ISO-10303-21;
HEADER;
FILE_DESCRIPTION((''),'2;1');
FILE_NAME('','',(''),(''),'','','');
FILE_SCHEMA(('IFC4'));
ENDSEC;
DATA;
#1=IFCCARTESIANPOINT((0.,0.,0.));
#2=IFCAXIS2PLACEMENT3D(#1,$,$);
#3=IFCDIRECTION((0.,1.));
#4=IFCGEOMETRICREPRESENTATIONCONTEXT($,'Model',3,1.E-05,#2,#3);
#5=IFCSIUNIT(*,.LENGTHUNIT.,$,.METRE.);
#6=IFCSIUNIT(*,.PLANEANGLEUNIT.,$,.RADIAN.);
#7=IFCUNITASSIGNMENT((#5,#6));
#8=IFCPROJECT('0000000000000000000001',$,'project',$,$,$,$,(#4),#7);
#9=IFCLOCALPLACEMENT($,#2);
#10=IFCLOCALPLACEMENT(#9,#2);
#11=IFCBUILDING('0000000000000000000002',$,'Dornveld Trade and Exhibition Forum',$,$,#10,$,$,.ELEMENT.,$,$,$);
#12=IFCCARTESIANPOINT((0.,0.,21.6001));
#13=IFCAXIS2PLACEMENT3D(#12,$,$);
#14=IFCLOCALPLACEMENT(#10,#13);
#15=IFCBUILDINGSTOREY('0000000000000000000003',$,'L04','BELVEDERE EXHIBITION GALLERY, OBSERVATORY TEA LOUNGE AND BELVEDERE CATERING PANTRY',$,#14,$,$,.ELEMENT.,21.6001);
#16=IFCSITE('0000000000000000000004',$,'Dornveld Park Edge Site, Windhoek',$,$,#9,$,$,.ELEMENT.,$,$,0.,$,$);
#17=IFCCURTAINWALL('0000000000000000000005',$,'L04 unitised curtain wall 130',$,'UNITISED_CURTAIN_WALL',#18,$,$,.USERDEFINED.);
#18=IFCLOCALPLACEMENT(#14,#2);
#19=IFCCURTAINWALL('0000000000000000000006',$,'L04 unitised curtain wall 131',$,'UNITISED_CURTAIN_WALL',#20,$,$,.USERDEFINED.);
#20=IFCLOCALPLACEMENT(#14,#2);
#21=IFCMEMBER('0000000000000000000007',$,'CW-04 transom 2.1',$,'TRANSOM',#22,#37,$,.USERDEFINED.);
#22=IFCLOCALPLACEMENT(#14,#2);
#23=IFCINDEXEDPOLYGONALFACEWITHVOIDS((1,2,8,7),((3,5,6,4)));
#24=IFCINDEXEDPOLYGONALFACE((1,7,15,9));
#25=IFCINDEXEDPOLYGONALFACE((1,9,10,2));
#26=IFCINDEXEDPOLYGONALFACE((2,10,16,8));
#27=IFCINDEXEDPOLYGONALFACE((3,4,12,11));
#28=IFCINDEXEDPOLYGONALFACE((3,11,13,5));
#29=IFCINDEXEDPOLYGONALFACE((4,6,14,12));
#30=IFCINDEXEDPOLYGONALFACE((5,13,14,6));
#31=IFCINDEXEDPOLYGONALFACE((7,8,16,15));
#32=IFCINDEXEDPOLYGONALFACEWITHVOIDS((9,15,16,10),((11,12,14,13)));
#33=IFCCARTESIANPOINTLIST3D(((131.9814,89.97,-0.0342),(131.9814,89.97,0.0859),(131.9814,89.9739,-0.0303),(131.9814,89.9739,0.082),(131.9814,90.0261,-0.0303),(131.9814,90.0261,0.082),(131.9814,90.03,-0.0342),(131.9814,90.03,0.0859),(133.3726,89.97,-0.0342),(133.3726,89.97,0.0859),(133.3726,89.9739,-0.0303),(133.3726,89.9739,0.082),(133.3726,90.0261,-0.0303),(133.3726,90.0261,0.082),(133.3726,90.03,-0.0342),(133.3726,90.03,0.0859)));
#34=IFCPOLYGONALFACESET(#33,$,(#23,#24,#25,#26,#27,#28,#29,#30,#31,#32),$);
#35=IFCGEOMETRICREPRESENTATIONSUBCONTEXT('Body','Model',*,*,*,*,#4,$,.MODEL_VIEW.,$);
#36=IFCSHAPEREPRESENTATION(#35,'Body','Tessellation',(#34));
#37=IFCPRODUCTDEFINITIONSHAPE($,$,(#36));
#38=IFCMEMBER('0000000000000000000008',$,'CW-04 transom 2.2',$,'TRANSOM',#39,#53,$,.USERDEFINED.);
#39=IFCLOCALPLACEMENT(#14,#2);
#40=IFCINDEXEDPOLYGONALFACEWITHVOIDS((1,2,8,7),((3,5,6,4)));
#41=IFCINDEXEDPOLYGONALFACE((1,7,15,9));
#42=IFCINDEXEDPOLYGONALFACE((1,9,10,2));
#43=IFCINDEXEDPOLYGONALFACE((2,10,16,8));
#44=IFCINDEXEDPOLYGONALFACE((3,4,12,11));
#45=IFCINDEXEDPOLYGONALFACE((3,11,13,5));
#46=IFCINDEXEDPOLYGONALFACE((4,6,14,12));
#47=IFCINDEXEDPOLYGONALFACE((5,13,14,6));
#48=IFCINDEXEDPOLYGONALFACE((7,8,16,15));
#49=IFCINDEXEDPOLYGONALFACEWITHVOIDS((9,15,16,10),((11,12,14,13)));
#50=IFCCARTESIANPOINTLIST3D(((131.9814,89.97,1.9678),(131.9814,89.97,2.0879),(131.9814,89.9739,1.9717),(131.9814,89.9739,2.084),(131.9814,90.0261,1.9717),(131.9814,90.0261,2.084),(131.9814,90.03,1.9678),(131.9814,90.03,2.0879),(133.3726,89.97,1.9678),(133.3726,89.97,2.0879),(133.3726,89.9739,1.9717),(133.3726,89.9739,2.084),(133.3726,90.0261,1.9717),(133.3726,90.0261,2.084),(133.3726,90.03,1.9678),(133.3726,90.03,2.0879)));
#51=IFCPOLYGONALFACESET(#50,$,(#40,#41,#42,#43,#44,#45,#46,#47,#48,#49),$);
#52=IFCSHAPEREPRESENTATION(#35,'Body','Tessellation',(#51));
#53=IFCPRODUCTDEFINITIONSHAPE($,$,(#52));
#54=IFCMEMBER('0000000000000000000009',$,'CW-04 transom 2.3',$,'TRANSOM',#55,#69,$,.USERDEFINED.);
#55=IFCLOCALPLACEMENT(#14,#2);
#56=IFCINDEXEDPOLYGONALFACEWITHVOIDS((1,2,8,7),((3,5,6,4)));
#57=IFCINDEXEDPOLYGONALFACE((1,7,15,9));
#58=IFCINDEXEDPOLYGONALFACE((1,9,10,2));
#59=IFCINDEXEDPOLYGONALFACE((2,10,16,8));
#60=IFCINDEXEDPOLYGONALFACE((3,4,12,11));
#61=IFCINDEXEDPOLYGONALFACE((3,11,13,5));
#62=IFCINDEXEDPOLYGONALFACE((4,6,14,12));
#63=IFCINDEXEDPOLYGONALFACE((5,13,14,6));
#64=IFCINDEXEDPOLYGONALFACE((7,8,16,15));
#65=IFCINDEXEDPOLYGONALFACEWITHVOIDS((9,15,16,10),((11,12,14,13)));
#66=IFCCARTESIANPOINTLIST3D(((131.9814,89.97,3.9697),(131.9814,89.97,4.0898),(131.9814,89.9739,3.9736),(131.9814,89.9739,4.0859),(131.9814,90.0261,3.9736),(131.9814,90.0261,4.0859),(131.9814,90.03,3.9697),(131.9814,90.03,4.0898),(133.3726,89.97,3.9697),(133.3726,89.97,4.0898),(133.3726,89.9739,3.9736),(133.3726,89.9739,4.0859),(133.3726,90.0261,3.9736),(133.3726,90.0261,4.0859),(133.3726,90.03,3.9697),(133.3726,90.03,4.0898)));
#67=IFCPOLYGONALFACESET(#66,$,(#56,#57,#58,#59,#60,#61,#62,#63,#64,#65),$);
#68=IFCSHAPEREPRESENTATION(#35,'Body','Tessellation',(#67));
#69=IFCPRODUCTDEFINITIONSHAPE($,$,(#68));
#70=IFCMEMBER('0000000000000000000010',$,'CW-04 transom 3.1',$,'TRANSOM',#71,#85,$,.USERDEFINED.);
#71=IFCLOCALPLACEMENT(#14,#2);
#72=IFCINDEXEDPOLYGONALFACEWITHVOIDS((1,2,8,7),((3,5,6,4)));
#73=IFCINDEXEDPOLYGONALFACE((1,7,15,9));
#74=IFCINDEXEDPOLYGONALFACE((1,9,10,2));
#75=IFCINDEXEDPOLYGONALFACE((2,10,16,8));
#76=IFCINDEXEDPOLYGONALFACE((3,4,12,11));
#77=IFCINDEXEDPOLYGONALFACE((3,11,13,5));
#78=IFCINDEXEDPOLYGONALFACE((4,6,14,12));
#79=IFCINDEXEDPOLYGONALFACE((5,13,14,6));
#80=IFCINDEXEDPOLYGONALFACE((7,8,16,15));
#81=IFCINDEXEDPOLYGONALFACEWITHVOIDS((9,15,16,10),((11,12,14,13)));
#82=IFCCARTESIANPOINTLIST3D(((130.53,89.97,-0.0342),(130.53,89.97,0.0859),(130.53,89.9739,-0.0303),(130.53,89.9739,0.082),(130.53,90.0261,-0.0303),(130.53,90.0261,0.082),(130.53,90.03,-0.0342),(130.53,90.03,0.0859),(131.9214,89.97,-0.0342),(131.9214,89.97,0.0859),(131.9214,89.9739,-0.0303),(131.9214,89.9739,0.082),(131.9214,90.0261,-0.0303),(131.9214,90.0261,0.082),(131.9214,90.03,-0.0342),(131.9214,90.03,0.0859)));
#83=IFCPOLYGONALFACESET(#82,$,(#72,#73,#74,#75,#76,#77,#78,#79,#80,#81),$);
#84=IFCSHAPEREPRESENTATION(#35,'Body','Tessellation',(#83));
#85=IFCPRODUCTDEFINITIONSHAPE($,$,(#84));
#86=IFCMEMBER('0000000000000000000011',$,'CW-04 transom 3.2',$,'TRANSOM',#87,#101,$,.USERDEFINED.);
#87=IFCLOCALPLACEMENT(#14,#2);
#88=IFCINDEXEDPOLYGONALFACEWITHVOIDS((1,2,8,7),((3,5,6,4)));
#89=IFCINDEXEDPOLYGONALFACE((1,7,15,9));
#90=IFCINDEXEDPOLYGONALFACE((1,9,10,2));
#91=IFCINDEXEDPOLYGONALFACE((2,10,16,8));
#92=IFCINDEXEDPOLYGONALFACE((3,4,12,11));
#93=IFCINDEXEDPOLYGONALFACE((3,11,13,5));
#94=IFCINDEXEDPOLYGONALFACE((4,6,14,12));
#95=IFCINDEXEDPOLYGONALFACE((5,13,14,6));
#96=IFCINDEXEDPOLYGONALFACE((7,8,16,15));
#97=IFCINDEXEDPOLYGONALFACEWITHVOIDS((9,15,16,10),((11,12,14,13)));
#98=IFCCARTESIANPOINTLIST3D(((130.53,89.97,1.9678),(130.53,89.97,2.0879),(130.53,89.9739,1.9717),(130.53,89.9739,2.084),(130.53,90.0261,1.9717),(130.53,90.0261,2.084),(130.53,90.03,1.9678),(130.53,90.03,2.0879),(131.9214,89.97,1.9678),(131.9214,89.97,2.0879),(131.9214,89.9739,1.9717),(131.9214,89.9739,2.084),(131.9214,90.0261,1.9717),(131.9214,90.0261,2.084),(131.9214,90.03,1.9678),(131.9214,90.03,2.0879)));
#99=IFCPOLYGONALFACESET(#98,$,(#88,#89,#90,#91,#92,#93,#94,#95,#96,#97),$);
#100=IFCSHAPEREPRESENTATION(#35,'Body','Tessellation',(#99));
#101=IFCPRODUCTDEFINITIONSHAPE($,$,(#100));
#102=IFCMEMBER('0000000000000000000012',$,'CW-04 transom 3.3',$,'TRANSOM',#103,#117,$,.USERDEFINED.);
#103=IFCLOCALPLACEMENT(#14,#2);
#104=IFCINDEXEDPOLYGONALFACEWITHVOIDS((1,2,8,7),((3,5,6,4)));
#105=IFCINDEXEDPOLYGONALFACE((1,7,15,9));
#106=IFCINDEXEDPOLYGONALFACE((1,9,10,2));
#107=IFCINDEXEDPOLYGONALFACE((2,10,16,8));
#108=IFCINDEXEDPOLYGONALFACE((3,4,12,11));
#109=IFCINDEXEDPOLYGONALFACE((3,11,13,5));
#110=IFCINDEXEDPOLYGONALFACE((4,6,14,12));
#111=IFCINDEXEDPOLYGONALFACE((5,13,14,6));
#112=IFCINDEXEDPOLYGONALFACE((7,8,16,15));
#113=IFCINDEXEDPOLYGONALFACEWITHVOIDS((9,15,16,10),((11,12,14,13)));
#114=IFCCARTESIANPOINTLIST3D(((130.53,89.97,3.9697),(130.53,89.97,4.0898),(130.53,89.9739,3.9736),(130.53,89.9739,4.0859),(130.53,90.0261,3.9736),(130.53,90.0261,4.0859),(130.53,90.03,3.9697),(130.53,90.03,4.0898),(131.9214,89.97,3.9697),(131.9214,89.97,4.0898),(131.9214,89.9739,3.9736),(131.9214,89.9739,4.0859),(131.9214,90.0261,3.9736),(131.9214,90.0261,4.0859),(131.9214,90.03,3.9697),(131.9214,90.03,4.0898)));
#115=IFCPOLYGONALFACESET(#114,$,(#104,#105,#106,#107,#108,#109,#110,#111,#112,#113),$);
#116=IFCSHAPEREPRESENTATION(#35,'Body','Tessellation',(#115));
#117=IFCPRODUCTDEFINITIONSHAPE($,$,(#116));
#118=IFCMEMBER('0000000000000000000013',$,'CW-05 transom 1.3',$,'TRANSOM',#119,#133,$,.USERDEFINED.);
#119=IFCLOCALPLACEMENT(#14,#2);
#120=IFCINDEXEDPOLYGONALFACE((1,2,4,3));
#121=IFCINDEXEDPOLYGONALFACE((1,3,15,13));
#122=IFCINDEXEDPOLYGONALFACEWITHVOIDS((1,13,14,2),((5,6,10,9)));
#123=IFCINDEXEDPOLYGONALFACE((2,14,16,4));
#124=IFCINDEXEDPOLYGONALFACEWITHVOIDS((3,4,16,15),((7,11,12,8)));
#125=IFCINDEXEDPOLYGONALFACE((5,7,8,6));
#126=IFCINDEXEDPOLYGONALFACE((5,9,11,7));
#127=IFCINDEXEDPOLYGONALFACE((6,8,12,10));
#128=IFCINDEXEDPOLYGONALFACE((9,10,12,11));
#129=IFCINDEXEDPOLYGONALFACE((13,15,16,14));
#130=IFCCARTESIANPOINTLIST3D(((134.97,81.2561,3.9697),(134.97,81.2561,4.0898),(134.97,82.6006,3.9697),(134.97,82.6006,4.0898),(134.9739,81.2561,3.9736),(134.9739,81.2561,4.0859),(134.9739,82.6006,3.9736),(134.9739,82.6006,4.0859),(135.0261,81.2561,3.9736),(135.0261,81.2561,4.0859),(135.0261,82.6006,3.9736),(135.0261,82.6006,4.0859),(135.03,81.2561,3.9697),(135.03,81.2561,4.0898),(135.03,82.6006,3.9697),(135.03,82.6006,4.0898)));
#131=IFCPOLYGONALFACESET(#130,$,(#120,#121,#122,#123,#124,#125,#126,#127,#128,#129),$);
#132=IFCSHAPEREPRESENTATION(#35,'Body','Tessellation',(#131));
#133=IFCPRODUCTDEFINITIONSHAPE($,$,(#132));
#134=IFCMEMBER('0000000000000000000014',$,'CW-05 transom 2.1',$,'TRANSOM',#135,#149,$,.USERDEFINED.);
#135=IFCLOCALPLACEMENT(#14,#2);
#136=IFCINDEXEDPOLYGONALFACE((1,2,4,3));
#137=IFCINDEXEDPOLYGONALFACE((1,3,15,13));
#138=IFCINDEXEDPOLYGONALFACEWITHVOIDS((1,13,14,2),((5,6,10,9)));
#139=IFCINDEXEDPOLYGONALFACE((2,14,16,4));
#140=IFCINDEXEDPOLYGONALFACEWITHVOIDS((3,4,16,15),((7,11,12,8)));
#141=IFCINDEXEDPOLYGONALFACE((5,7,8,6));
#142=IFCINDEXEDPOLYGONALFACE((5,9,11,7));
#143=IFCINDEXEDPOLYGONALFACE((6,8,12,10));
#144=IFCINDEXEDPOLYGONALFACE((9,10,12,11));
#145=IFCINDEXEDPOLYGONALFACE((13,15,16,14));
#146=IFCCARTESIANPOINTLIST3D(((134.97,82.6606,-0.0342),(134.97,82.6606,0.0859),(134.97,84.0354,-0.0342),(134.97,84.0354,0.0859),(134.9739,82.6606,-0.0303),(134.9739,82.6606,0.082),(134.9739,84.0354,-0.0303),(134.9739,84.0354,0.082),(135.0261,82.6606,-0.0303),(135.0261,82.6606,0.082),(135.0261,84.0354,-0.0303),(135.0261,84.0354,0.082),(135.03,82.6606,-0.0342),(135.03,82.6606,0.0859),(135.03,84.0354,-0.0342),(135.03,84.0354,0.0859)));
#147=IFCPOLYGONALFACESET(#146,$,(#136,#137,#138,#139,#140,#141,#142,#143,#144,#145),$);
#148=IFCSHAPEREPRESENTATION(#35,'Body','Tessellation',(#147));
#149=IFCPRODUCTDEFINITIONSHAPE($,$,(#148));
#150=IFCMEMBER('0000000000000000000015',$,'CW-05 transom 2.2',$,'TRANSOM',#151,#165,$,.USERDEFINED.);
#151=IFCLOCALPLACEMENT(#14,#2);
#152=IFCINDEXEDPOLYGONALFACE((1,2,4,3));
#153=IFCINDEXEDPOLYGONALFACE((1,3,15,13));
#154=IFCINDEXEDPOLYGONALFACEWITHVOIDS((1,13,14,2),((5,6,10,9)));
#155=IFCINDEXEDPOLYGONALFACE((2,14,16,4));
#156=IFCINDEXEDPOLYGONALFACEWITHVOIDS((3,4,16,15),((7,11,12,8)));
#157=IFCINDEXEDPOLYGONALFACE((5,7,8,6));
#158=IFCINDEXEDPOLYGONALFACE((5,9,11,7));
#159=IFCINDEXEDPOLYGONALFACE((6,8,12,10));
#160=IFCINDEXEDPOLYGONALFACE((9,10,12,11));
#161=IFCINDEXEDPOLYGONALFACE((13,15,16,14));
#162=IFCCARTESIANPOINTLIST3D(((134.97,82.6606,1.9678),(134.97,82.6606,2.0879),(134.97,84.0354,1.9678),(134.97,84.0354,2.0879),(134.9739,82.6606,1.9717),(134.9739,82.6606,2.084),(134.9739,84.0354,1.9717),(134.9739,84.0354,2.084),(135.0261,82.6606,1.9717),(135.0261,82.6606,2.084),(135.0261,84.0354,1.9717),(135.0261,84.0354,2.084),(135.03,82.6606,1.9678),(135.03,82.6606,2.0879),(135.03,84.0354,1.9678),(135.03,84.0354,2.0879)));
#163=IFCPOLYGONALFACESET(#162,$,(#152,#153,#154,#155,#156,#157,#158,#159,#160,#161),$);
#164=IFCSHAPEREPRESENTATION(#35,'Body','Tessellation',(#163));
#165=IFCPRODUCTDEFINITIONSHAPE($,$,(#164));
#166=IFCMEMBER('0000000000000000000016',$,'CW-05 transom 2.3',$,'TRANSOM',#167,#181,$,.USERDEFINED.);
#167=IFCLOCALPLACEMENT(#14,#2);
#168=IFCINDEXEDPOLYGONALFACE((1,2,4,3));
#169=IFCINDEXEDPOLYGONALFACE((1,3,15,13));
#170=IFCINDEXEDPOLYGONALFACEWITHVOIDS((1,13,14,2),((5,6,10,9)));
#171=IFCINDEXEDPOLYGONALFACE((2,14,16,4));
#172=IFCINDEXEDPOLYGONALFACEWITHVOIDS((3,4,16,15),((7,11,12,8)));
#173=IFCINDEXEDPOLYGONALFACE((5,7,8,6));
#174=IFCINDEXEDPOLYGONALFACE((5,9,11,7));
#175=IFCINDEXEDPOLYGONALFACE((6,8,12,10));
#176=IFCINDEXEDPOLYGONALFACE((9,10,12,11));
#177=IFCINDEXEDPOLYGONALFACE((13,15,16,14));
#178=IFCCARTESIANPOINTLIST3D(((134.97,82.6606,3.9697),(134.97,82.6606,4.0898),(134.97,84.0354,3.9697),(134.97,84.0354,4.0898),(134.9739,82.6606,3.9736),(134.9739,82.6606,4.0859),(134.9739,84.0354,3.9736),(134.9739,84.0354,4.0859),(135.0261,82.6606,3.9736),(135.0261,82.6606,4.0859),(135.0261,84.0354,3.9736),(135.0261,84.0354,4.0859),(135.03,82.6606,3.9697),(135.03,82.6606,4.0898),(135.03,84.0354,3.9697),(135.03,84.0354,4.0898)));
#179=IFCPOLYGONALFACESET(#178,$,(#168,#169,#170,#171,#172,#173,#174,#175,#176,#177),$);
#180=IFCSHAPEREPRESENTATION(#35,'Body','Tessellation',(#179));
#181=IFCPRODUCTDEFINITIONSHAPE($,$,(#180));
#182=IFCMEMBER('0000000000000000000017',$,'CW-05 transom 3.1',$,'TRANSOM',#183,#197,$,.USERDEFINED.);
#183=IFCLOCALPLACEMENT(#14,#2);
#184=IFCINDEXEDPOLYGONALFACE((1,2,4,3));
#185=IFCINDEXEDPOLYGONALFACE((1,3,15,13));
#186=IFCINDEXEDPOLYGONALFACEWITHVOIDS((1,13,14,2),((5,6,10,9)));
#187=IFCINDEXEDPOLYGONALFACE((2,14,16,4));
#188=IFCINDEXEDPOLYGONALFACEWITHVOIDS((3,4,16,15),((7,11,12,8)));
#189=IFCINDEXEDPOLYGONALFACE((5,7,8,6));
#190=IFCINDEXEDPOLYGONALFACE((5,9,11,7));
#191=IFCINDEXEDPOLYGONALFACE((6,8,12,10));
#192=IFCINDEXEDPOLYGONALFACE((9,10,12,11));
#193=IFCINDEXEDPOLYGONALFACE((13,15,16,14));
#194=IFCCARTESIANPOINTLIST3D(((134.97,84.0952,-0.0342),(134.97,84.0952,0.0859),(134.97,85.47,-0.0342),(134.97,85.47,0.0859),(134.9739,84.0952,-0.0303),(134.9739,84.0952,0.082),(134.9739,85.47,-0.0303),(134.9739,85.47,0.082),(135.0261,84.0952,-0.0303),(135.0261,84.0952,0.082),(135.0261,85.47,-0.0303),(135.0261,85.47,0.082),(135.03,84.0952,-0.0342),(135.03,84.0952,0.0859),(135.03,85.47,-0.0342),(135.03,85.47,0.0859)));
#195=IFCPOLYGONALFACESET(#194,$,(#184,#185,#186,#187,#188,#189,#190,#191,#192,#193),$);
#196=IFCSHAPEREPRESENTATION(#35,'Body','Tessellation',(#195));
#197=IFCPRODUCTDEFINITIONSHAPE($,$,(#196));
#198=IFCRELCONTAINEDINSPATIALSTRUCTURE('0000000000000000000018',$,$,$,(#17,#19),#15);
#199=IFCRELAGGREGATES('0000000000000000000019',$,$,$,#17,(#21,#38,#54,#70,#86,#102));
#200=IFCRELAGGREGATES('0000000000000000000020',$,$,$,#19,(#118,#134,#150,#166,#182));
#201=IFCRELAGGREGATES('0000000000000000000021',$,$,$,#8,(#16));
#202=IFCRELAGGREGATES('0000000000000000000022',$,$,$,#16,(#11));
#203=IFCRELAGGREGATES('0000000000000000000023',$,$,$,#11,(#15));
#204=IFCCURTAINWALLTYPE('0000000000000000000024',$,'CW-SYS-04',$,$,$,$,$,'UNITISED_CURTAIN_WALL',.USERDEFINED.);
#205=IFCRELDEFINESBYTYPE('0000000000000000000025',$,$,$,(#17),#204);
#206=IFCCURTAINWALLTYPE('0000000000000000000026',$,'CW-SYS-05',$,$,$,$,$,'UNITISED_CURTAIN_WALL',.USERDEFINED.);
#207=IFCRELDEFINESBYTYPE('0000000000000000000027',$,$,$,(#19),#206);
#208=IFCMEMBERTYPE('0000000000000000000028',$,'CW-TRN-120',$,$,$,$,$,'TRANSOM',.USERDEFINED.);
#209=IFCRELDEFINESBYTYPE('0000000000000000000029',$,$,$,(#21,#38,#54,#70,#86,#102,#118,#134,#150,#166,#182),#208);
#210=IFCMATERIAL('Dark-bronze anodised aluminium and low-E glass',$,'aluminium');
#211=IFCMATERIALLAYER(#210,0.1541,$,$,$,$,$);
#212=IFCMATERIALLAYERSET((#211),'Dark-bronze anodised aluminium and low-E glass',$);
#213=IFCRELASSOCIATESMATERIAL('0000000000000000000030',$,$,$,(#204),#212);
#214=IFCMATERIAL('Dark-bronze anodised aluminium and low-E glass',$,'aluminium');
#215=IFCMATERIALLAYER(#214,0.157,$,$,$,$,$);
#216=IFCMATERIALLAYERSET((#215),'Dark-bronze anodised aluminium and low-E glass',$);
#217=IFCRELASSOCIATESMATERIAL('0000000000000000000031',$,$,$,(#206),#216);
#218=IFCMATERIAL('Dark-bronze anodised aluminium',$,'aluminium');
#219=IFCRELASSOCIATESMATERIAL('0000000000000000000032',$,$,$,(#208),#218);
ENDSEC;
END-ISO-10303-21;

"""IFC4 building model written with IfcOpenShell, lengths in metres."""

from ifc_helpers import new_model, si_unit, direction, frame, origin, origin_2d, place, context, subcontext, project, spatial, hollow_rectangle, extrude, material, layer, layer_set, material_profile, profile_set, type_object, element, aggregate, save


model = new_model("IFC4")

# Units and contexts
model_context = context("Model", 3, precision=1e-05, world=origin(), true_north=direction((0.0, 1.0)))
body_context = subcontext(model_context, "Body", "Model", "MODEL_VIEW")
ifc_project = project(units=[si_unit("LENGTHUNIT", "METRE"), si_unit("PLANEANGLEUNIT", "RADIAN")], contexts=[model_context])

# Site, building, storey
site_placement = place(None, origin())
site = spatial("IfcSite", under=ifc_project, at=site_placement, Name="Dornveld Park Edge Site, Windhoek", CompositionType="ELEMENT", RefElevation=0.0)
building_placement = place(site_placement, origin())
building = spatial("IfcBuilding", under=site, at=building_placement, Name="Dornveld Trade and Exhibition Forum", CompositionType="ELEMENT")
storey_placement = place(building_placement, frame((0.0, 0.0, 21.6001)))
storey = spatial("IfcBuildingStorey", under=building, at=storey_placement, Name="L04", Description="BELVEDERE EXHIBITION GALLERY, OBSERVATORY TEA LOUNGE AND BELVEDERE CATERING PANTRY", CompositionType="ELEMENT", Elevation=21.6001)

# Curtain walls
ifc_material_1 = material(Name="Dark-bronze anodised aluminium and low-E glass", Category="aluminium")
ifc_layer_1 = layer(ifc_material_1, 0.1541)
ifc_layer_set_1 = layer_set([ifc_layer_1], Name="Dark-bronze anodised aluminium and low-E glass")
curtain_wall_type_1 = type_object("IfcCurtainWallType", Name="CW-SYS-04", ElementType="UNITISED_CURTAIN_WALL", PredefinedType="USERDEFINED", material=ifc_layer_set_1)
curtain_wall_1_placement = place(storey_placement, origin())
curtain_wall_1 = element("IfcCurtainWall", 1, at=curtain_wall_1_placement, inside=storey, type_object=curtain_wall_type_1, Name="L04 unitised curtain wall 130", ObjectType="UNITISED_CURTAIN_WALL", PredefinedType="USERDEFINED")
ifc_material_2 = material(Name="Dark-bronze anodised aluminium and low-E glass", Category="aluminium")
ifc_layer_2 = layer(ifc_material_2, 0.157)
ifc_layer_set_2 = layer_set([ifc_layer_2], Name="Dark-bronze anodised aluminium and low-E glass")
curtain_wall_type_2 = type_object("IfcCurtainWallType", Name="CW-SYS-05", ElementType="UNITISED_CURTAIN_WALL", PredefinedType="USERDEFINED", material=ifc_layer_set_2)
curtain_wall_2_placement = place(storey_placement, origin())
curtain_wall_2 = element("IfcCurtainWall", 2, at=curtain_wall_2_placement, inside=storey, type_object=curtain_wall_type_2, Name="L04 unitised curtain wall 131", ObjectType="UNITISED_CURTAIN_WALL", PredefinedType="USERDEFINED")

# Members
ifc_material_3 = material(Name="Dark-bronze anodised aluminium", Category="aluminium")
ifc_material_profile_1 = material_profile(ifc_material_3, hollow_rectangle(XDim=0.0601, YDim=0.1201, WallThickness=0.0039, at=origin_2d()), Name="RHS 120x60x4")
ifc_profile_set_1 = profile_set([ifc_material_profile_1], Name="Dark-bronze anodised aluminium")
member_type_1 = type_object("IfcMemberType", Name="CW-TRN-120", ElementType="TRANSOM", PredefinedType="USERDEFINED", material=ifc_profile_set_1)
member_1_placement = place(storey_placement, frame((133.3726, 90.0, 0.0259), z_axis=(-1.0, 0.0, 0.0), x_axis=(0.0, -1.0, 0.0)))
member_1 = element("IfcMember", 3, at=member_1_placement, type_object=member_type_1, Name="CW-04 transom 2.1", ObjectType="TRANSOM", PredefinedType="USERDEFINED", context=body_context, shape_type="SweptSolid", body=[
    extrude(hollow_rectangle(XDim=0.0601, YDim=0.1201, WallThickness=0.0039, at=origin_2d()), origin(), (0.0, 0.0, 1.0), 1.3911),
])
member_2_placement = place(storey_placement, frame((133.3726, 90.0, 2.0278), z_axis=(-1.0, 0.0, 0.0), x_axis=(0.0, -1.0, 0.0)))
member_2 = element("IfcMember", 4, at=member_2_placement, type_object=member_type_1, Name="CW-04 transom 2.2", ObjectType="TRANSOM", PredefinedType="USERDEFINED", context=body_context, shape_type="SweptSolid", body=[
    extrude(hollow_rectangle(XDim=0.0601, YDim=0.1201, WallThickness=0.0039, at=origin_2d()), origin(), (0.0, 0.0, 1.0), 1.3911),
])
member_3_placement = place(storey_placement, frame((133.3726, 90.0, 4.0298), z_axis=(-1.0, 0.0, 0.0), x_axis=(0.0, -1.0, 0.0)))
member_3 = element("IfcMember", 5, at=member_3_placement, type_object=member_type_1, Name="CW-04 transom 2.3", ObjectType="TRANSOM", PredefinedType="USERDEFINED", context=body_context, shape_type="SweptSolid", body=[
    extrude(hollow_rectangle(XDim=0.0601, YDim=0.1201, WallThickness=0.0039, at=origin_2d()), origin(), (0.0, 0.0, 1.0), 1.3911),
])
member_4_placement = place(storey_placement, frame((131.9214, 90.0, 0.0259), z_axis=(-1.0, 0.0, 0.0), x_axis=(0.0, -1.0, 0.0)))
member_4 = element("IfcMember", 6, at=member_4_placement, type_object=member_type_1, Name="CW-04 transom 3.1", ObjectType="TRANSOM", PredefinedType="USERDEFINED", context=body_context, shape_type="SweptSolid", body=[
    extrude(hollow_rectangle(XDim=0.0601, YDim=0.1201, WallThickness=0.0039, at=origin_2d()), origin(), (0.0, 0.0, 1.0), 1.3914),
])
member_5_placement = place(storey_placement, frame((131.9214, 90.0, 2.0278), z_axis=(-1.0, 0.0, 0.0), x_axis=(0.0, -1.0, 0.0)))
member_5 = element("IfcMember", 7, at=member_5_placement, type_object=member_type_1, Name="CW-04 transom 3.2", ObjectType="TRANSOM", PredefinedType="USERDEFINED", context=body_context, shape_type="SweptSolid", body=[
    extrude(hollow_rectangle(XDim=0.0601, YDim=0.1201, WallThickness=0.0039, at=origin_2d()), origin(), (0.0, 0.0, 1.0), 1.3914),
])
member_6_placement = place(storey_placement, frame((131.9214, 90.0, 4.0298), z_axis=(-1.0, 0.0, 0.0), x_axis=(0.0, -1.0, 0.0)))
member_6 = element("IfcMember", 8, at=member_6_placement, type_object=member_type_1, Name="CW-04 transom 3.3", ObjectType="TRANSOM", PredefinedType="USERDEFINED", context=body_context, shape_type="SweptSolid", body=[
    extrude(hollow_rectangle(XDim=0.0601, YDim=0.1201, WallThickness=0.0039, at=origin_2d()), origin(), (0.0, 0.0, 1.0), 1.3914),
])
member_7_placement = place(storey_placement, frame((135.0, 81.2561, 4.0298), z_axis=(0.0, 1.0, 0.0), x_axis=(-1.0, 0.0, 0.0)))
member_7 = element("IfcMember", 9, at=member_7_placement, type_object=member_type_1, Name="CW-05 transom 1.3", ObjectType="TRANSOM", PredefinedType="USERDEFINED", context=body_context, shape_type="SweptSolid", body=[
    extrude(hollow_rectangle(XDim=0.0601, YDim=0.1201, WallThickness=0.0039, at=origin_2d()), origin(), (0.0, 0.0, 1.0), 1.3445),
])
member_8_placement = place(storey_placement, frame((135.0, 82.6606, 0.0259), z_axis=(0.0, 1.0, 0.0), x_axis=(-1.0, 0.0, 0.0)))
member_8 = element("IfcMember", 10, at=member_8_placement, type_object=member_type_1, Name="CW-05 transom 2.1", ObjectType="TRANSOM", PredefinedType="USERDEFINED", context=body_context, shape_type="SweptSolid", body=[
    extrude(hollow_rectangle(XDim=0.0601, YDim=0.1201, WallThickness=0.0039, at=origin_2d()), origin(), (0.0, 0.0, 1.0), 1.3748),
])
member_9_placement = place(storey_placement, frame((135.0, 82.6606, 2.0278), z_axis=(0.0, 1.0, 0.0), x_axis=(-1.0, 0.0, 0.0)))
member_9 = element("IfcMember", 11, at=member_9_placement, type_object=member_type_1, Name="CW-05 transom 2.2", ObjectType="TRANSOM", PredefinedType="USERDEFINED", context=body_context, shape_type="SweptSolid", body=[
    extrude(hollow_rectangle(XDim=0.0601, YDim=0.1201, WallThickness=0.0039, at=origin_2d()), origin(), (0.0, 0.0, 1.0), 1.3748),
])
member_10_placement = place(storey_placement, frame((135.0, 82.6606, 4.0298), z_axis=(0.0, 1.0, 0.0), x_axis=(-1.0, 0.0, 0.0)))
member_10 = element("IfcMember", 12, at=member_10_placement, type_object=member_type_1, Name="CW-05 transom 2.3", ObjectType="TRANSOM", PredefinedType="USERDEFINED", context=body_context, shape_type="SweptSolid", body=[
    extrude(hollow_rectangle(XDim=0.0601, YDim=0.1201, WallThickness=0.0039, at=origin_2d()), origin(), (0.0, 0.0, 1.0), 1.3748),
])
member_11_placement = place(storey_placement, frame((135.0, 84.0952, 0.0259), z_axis=(0.0, 1.0, 0.0), x_axis=(-1.0, 0.0, 0.0)))
member_11 = element("IfcMember", 13, at=member_11_placement, type_object=member_type_1, Name="CW-05 transom 3.1", ObjectType="TRANSOM", PredefinedType="USERDEFINED", context=body_context, shape_type="SweptSolid", body=[
    extrude(hollow_rectangle(XDim=0.0601, YDim=0.1201, WallThickness=0.0039, at=origin_2d()), origin(), (0.0, 0.0, 1.0), 1.3748),
])

aggregate(curtain_wall_1, [member_1, member_2, member_3, member_4, member_5, member_6])
aggregate(curtain_wall_2, [member_7, member_8, member_9, member_10, member_11])

save(model, "model.ifc")
